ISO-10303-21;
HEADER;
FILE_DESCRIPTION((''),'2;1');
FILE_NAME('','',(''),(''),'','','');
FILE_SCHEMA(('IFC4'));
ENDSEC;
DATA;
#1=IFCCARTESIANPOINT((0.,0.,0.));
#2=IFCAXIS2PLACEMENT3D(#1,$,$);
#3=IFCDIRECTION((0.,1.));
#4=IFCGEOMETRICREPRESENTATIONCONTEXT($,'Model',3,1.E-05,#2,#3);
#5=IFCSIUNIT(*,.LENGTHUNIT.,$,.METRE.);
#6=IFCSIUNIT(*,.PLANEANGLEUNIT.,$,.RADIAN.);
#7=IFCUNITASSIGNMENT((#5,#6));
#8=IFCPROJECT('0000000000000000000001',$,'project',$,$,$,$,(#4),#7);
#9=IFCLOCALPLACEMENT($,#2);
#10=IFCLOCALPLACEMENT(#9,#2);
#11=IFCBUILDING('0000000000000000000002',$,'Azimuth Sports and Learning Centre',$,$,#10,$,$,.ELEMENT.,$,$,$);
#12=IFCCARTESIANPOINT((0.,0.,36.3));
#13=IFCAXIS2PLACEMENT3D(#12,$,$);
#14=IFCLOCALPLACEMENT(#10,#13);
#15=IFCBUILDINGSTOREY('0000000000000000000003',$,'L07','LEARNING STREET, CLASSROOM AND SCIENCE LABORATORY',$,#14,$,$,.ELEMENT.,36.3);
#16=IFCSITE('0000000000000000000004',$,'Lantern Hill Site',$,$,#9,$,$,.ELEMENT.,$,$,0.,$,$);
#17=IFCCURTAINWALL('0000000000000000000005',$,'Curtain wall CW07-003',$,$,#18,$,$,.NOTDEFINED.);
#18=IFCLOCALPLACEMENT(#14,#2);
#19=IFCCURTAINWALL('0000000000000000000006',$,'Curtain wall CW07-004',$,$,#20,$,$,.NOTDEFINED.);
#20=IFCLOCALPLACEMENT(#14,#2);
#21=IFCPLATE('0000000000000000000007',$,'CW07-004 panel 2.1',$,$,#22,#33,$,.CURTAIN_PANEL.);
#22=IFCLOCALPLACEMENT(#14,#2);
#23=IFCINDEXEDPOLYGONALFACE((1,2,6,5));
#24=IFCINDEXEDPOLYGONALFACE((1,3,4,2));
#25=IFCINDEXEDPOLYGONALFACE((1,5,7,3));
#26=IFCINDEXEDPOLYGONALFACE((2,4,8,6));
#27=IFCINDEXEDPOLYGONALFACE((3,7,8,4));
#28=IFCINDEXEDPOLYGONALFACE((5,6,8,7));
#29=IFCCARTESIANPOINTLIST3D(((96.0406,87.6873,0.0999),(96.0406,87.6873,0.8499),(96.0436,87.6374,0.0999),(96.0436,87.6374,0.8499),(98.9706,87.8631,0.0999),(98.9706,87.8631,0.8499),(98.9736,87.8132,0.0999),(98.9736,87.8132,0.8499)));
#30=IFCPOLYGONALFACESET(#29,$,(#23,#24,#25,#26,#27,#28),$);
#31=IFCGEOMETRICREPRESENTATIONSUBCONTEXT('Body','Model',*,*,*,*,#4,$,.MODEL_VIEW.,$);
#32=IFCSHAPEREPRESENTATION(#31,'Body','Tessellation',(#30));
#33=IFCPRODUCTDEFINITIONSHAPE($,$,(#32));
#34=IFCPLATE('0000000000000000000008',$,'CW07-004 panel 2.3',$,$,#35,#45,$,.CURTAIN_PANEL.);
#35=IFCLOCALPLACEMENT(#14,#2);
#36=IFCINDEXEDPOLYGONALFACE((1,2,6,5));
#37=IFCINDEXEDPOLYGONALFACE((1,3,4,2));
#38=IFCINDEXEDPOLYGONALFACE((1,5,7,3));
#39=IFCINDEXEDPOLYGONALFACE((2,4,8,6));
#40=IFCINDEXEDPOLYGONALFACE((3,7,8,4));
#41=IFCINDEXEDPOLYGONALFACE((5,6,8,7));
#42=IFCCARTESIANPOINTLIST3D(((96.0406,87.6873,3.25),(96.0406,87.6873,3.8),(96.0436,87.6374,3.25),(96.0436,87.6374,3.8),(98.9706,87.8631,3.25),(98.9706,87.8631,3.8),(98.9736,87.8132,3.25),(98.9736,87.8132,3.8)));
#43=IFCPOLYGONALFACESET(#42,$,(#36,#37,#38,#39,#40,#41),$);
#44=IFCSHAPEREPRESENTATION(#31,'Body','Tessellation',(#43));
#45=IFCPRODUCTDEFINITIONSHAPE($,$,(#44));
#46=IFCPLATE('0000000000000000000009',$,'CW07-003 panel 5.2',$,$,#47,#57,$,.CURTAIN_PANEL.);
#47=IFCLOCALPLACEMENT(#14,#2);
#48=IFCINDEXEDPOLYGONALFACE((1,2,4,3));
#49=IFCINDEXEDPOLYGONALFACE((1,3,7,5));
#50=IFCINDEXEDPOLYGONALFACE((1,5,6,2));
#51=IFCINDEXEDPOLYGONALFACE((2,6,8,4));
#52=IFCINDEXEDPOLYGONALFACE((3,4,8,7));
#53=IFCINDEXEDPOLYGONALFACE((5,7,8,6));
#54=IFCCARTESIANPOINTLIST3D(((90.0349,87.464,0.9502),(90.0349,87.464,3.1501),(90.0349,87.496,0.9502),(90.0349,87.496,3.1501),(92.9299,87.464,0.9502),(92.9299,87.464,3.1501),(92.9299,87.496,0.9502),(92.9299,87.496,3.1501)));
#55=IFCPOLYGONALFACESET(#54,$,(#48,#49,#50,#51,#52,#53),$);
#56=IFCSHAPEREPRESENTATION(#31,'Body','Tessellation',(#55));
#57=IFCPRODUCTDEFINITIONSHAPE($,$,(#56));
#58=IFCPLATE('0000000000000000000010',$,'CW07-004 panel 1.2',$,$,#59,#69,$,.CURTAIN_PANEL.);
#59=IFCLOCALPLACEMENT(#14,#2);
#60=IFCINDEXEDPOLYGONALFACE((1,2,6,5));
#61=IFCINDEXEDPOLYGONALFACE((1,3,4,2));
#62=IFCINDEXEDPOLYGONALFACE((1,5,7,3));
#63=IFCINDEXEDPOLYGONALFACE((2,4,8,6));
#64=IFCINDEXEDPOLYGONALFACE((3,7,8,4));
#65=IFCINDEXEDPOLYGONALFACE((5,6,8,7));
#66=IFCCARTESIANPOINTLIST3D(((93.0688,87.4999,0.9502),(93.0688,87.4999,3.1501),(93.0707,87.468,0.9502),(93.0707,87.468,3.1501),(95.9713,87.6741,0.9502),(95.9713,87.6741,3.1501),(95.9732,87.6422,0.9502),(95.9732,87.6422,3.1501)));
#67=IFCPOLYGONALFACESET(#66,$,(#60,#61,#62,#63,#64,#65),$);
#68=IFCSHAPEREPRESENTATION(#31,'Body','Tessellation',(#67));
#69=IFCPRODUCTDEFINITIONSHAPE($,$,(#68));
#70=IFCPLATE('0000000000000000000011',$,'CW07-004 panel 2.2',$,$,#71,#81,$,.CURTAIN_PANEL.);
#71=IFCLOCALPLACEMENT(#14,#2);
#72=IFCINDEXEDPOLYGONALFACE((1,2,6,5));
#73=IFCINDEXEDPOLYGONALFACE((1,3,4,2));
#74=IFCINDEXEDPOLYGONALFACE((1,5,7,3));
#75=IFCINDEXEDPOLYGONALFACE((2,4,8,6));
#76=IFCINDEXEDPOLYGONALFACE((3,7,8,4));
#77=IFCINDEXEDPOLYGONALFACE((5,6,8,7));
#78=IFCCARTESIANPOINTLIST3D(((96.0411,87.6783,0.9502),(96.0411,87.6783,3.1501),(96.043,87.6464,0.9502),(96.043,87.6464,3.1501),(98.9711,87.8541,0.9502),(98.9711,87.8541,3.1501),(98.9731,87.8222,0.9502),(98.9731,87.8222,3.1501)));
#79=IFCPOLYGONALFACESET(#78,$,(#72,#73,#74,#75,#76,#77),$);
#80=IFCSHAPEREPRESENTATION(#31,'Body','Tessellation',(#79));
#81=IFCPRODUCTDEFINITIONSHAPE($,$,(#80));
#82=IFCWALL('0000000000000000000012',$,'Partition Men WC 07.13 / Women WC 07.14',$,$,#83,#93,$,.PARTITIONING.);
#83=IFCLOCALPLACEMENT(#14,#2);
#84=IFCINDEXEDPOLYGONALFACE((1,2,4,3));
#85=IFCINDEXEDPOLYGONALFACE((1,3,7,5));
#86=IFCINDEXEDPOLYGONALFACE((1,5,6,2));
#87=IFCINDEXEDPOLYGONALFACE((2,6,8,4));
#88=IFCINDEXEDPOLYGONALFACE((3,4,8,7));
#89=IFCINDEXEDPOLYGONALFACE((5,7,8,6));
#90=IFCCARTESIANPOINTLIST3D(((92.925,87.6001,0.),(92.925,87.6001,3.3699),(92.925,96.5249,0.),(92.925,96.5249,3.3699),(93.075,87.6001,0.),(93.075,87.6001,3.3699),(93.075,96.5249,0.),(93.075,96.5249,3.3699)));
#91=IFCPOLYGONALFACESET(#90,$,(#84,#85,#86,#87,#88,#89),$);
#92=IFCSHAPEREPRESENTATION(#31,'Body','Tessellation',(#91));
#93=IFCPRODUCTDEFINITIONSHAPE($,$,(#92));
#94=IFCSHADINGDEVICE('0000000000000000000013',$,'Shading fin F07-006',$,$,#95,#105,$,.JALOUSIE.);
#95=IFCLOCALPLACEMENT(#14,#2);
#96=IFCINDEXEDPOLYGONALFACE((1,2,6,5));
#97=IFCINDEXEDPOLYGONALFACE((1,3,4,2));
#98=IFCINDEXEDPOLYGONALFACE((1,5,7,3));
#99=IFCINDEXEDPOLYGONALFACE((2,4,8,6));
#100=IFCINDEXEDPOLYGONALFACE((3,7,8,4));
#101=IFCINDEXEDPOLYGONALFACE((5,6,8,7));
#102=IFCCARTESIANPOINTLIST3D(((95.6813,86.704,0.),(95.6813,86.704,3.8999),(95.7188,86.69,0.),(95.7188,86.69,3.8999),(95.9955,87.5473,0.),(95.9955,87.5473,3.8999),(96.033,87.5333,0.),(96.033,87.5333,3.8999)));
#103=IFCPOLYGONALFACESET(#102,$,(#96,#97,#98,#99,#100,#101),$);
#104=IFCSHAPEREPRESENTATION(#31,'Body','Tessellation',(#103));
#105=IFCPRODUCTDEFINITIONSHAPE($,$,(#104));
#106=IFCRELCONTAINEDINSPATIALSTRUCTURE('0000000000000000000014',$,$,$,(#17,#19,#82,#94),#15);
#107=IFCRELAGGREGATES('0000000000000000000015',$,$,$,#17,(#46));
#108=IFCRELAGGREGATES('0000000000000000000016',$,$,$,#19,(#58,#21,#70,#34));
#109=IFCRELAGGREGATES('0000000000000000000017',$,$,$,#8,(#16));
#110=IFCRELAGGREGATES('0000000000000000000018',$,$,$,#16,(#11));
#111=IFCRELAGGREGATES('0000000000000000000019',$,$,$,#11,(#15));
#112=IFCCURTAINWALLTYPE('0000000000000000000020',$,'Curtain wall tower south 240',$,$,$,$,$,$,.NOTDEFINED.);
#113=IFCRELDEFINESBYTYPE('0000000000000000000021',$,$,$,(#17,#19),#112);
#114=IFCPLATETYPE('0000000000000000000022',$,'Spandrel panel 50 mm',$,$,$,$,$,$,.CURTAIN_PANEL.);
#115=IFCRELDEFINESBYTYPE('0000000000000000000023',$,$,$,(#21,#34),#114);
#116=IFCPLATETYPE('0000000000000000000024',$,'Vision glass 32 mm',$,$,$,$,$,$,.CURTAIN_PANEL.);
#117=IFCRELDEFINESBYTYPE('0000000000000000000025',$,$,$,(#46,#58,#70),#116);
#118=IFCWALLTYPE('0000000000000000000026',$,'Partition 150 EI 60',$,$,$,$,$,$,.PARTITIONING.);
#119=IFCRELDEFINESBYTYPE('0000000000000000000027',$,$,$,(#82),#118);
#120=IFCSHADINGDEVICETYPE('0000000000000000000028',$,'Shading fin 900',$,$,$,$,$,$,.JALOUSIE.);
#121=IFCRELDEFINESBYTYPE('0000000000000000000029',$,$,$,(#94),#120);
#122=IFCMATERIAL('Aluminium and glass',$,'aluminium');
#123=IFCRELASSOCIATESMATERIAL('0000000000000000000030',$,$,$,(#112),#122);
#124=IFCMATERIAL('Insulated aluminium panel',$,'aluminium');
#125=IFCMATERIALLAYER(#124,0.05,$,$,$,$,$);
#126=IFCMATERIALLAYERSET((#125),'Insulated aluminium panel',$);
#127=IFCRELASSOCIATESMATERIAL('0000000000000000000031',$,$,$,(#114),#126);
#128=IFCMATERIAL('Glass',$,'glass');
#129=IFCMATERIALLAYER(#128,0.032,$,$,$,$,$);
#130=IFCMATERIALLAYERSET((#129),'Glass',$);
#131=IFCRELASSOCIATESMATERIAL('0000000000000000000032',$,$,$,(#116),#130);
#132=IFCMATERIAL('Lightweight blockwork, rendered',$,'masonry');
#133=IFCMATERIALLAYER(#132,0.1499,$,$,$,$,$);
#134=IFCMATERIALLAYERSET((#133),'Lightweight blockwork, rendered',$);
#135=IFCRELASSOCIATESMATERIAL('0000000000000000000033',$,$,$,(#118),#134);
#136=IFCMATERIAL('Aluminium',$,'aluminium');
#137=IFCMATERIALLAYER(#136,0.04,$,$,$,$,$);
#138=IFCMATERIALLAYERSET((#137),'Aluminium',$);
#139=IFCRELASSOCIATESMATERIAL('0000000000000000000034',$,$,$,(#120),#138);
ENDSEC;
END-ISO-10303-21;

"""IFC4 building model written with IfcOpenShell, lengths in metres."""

from ifc_helpers import new_model, si_unit, direction, frame, frame_2d, origin, origin_2d, place, context, subcontext, project, spatial, rectangle, extrude, material, layer, layer_set, type_object, element, aggregate, save


model = new_model("IFC4")

# Units and contexts
model_context = context("Model", 3, precision=1e-05, world=origin(), true_north=direction((0.0, 1.0)))
body_context = subcontext(model_context, "Body", "Model", "MODEL_VIEW")
ifc_project = project(units=[si_unit("LENGTHUNIT", "METRE"), si_unit("PLANEANGLEUNIT", "RADIAN")], contexts=[model_context])

# Site, building, storey
site_placement = place(None, origin())
site = spatial("IfcSite", under=ifc_project, at=site_placement, Name="Lantern Hill Site", CompositionType="ELEMENT", RefElevation=0.0)
building_placement = place(site_placement, origin())
building = spatial("IfcBuilding", under=site, at=building_placement, Name="Azimuth Sports and Learning Centre", CompositionType="ELEMENT")
storey_placement = place(building_placement, frame((0.0, 0.0, 36.3)))
storey = spatial("IfcBuildingStorey", under=building, at=storey_placement, Name="L07", Description="LEARNING STREET, CLASSROOM AND SCIENCE LABORATORY", CompositionType="ELEMENT", Elevation=36.3)

# Curtain wall
ifc_material_1 = material(Name="Aluminium and glass", Category="aluminium")
curtain_wall_type = type_object("IfcCurtainWallType", Name="Curtain wall tower south 240", PredefinedType="NOTDEFINED", material=ifc_material_1)
curtain_wall_1_placement = place(storey_placement, origin())
curtain_wall_1 = element("IfcCurtainWall", 1, at=curtain_wall_1_placement, inside=storey, type_object=curtain_wall_type, Name="Curtain wall CW07-003", PredefinedType="NOTDEFINED")

# Curtain wall
curtain_wall_2_placement = place(storey_placement, origin())
curtain_wall_2 = element("IfcCurtainWall", 2, at=curtain_wall_2_placement, inside=storey, type_object=curtain_wall_type, Name="Curtain wall CW07-004", PredefinedType="NOTDEFINED")

# Plates
ifc_material_2 = material(Name="Insulated aluminium panel", Category="aluminium")
ifc_layer_1 = layer(ifc_material_2, 0.05)
ifc_layer_set_1 = layer_set([ifc_layer_1], Name="Insulated aluminium panel")
plate_type_1 = type_object("IfcPlateType", Name="Spandrel panel 50 mm", PredefinedType="CURTAIN_PANEL", material=ifc_layer_set_1)
plate_1_placement = place(storey_placement, frame((97.5071, 87.7502, 0.0999), z_axis=(0.0, 0.0, 1.0), x_axis=(0.998205, 0.059892, 0.0)))
plate_1 = element("IfcPlate", 3, at=plate_1_placement, type_object=plate_type_1, Name="CW07-004 panel 2.1", PredefinedType="CURTAIN_PANEL", context=body_context, shape_type="SweptSolid", body=[
    extrude(rectangle(XDim=2.9353, YDim=0.05, at=origin_2d()), origin(), (0.0, 0.0, 1.0), 0.75),
])
plate_2_placement = place(storey_placement, frame((97.5071, 87.7502, 3.25), z_axis=(0.0, 0.0, 1.0), x_axis=(0.998205, 0.059892, 0.0)))
plate_2 = element("IfcPlate", 4, at=plate_2_placement, type_object=plate_type_1, Name="CW07-004 panel 2.3", PredefinedType="CURTAIN_PANEL", context=body_context, shape_type="SweptSolid", body=[
    extrude(rectangle(XDim=2.9353, YDim=0.05, at=origin_2d()), origin(), (0.0, 0.0, 1.0), 0.55),
])
ifc_material_3 = material(Name="Glass", Category="glass")
ifc_layer_2 = layer(ifc_material_3, 0.032)
ifc_layer_set_2 = layer_set([ifc_layer_2], Name="Glass")
plate_type_2 = type_object("IfcPlateType", Name="Vision glass 32 mm", PredefinedType="CURTAIN_PANEL", material=ifc_layer_set_2)
plate_3_placement = place(storey_placement, frame((91.4824, 87.48, 0.9502), z_axis=(0.0, 0.0, 1.0), x_axis=(1.0, 0.0, 0.0)))
plate_3 = element("IfcPlate", 5, at=plate_3_placement, type_object=plate_type_2, Name="CW07-003 panel 5.2", PredefinedType="CURTAIN_PANEL", context=body_context, shape_type="SweptSolid", body=[
    extrude(rectangle(XDim=2.895, YDim=0.032, at=origin_2d()), origin(), (0.0, 0.0, 1.0), 2.2),
])
aggregate(curtain_wall_1, [plate_3])
plate_4_placement = place(storey_placement, frame((94.521, 87.571, 0.9502), z_axis=(0.0, 0.0, 1.0), x_axis=(0.998205, 0.059892, 0.0)))
plate_4 = element("IfcPlate", 6, at=plate_4_placement, type_object=plate_type_2, Name="CW07-004 panel 1.2", PredefinedType="CURTAIN_PANEL", context=body_context, shape_type="SweptSolid", body=[
    extrude(rectangle(XDim=2.9077, YDim=0.032, at=origin_2d()), origin(), (0.0, 0.0, 1.0), 2.2),
])
plate_5_placement = place(storey_placement, frame((97.5071, 87.7502, 0.9502), z_axis=(0.0, 0.0, 1.0), x_axis=(0.998205, 0.059892, 0.0)))
plate_5 = element("IfcPlate", 7, at=plate_5_placement, type_object=plate_type_2, Name="CW07-004 panel 2.2", PredefinedType="CURTAIN_PANEL", context=body_context, shape_type="SweptSolid", body=[
    extrude(rectangle(XDim=2.9353, YDim=0.032, at=origin_2d()), origin(), (0.0, 0.0, 1.0), 2.2),
])
aggregate(curtain_wall_2, [plate_4, plate_1, plate_5, plate_2])

# Wall
ifc_material_4 = material(Name="Lightweight blockwork, rendered", Category="masonry")
ifc_layer_3 = layer(ifc_material_4, 0.1499)
ifc_layer_set_3 = layer_set([ifc_layer_3], Name="Lightweight blockwork, rendered")
wall_type = type_object("IfcWallType", Name="Partition 150 EI 60", PredefinedType="PARTITIONING", material=ifc_layer_set_3)
wall_placement = place(storey_placement, frame((93.0, 87.6001, 0.0), z_axis=(0.0, 0.0, 1.0), x_axis=(0.0, 1.0, 0.0)))
element("IfcWall", 8, at=wall_placement, inside=storey, type_object=wall_type, Name="Partition Men WC 07.13 / Women WC 07.14", PredefinedType="PARTITIONING", context=body_context, shape_type="SweptSolid", body=[
    extrude(rectangle(XDim=8.9248, YDim=0.1499, at=frame_2d((4.4624, 0.0))), origin(), (0.0, 0.0, 1.0), 3.3699),
])

# Shading device
ifc_material_5 = material(Name="Aluminium", Category="aluminium")
ifc_layer_4 = layer(ifc_material_5, 0.04)
ifc_layer_set_4 = layer_set([ifc_layer_4], Name="Aluminium")
shading_device_type = type_object("IfcShadingDeviceType", Name="Shading fin 900", PredefinedType="JALOUSIE", material=ifc_layer_set_4)
shading_device_placement = place(storey_placement, frame((95.8572, 87.1187, 0.0), z_axis=(0.0, 0.0, 1.0), x_axis=(-0.349143, -0.937069, 0.0)))
element("IfcShadingDevice", 9, at=shading_device_placement, inside=storey, type_object=shading_device_type, Name="Shading fin F07-006", PredefinedType="JALOUSIE", context=body_context, shape_type="SweptSolid", body=[
    extrude(rectangle(XDim=0.8999, YDim=0.04, at=origin_2d()), origin(), (0.0, 0.0, 1.0), 3.8999),
])

save(model, "model.ifc")
